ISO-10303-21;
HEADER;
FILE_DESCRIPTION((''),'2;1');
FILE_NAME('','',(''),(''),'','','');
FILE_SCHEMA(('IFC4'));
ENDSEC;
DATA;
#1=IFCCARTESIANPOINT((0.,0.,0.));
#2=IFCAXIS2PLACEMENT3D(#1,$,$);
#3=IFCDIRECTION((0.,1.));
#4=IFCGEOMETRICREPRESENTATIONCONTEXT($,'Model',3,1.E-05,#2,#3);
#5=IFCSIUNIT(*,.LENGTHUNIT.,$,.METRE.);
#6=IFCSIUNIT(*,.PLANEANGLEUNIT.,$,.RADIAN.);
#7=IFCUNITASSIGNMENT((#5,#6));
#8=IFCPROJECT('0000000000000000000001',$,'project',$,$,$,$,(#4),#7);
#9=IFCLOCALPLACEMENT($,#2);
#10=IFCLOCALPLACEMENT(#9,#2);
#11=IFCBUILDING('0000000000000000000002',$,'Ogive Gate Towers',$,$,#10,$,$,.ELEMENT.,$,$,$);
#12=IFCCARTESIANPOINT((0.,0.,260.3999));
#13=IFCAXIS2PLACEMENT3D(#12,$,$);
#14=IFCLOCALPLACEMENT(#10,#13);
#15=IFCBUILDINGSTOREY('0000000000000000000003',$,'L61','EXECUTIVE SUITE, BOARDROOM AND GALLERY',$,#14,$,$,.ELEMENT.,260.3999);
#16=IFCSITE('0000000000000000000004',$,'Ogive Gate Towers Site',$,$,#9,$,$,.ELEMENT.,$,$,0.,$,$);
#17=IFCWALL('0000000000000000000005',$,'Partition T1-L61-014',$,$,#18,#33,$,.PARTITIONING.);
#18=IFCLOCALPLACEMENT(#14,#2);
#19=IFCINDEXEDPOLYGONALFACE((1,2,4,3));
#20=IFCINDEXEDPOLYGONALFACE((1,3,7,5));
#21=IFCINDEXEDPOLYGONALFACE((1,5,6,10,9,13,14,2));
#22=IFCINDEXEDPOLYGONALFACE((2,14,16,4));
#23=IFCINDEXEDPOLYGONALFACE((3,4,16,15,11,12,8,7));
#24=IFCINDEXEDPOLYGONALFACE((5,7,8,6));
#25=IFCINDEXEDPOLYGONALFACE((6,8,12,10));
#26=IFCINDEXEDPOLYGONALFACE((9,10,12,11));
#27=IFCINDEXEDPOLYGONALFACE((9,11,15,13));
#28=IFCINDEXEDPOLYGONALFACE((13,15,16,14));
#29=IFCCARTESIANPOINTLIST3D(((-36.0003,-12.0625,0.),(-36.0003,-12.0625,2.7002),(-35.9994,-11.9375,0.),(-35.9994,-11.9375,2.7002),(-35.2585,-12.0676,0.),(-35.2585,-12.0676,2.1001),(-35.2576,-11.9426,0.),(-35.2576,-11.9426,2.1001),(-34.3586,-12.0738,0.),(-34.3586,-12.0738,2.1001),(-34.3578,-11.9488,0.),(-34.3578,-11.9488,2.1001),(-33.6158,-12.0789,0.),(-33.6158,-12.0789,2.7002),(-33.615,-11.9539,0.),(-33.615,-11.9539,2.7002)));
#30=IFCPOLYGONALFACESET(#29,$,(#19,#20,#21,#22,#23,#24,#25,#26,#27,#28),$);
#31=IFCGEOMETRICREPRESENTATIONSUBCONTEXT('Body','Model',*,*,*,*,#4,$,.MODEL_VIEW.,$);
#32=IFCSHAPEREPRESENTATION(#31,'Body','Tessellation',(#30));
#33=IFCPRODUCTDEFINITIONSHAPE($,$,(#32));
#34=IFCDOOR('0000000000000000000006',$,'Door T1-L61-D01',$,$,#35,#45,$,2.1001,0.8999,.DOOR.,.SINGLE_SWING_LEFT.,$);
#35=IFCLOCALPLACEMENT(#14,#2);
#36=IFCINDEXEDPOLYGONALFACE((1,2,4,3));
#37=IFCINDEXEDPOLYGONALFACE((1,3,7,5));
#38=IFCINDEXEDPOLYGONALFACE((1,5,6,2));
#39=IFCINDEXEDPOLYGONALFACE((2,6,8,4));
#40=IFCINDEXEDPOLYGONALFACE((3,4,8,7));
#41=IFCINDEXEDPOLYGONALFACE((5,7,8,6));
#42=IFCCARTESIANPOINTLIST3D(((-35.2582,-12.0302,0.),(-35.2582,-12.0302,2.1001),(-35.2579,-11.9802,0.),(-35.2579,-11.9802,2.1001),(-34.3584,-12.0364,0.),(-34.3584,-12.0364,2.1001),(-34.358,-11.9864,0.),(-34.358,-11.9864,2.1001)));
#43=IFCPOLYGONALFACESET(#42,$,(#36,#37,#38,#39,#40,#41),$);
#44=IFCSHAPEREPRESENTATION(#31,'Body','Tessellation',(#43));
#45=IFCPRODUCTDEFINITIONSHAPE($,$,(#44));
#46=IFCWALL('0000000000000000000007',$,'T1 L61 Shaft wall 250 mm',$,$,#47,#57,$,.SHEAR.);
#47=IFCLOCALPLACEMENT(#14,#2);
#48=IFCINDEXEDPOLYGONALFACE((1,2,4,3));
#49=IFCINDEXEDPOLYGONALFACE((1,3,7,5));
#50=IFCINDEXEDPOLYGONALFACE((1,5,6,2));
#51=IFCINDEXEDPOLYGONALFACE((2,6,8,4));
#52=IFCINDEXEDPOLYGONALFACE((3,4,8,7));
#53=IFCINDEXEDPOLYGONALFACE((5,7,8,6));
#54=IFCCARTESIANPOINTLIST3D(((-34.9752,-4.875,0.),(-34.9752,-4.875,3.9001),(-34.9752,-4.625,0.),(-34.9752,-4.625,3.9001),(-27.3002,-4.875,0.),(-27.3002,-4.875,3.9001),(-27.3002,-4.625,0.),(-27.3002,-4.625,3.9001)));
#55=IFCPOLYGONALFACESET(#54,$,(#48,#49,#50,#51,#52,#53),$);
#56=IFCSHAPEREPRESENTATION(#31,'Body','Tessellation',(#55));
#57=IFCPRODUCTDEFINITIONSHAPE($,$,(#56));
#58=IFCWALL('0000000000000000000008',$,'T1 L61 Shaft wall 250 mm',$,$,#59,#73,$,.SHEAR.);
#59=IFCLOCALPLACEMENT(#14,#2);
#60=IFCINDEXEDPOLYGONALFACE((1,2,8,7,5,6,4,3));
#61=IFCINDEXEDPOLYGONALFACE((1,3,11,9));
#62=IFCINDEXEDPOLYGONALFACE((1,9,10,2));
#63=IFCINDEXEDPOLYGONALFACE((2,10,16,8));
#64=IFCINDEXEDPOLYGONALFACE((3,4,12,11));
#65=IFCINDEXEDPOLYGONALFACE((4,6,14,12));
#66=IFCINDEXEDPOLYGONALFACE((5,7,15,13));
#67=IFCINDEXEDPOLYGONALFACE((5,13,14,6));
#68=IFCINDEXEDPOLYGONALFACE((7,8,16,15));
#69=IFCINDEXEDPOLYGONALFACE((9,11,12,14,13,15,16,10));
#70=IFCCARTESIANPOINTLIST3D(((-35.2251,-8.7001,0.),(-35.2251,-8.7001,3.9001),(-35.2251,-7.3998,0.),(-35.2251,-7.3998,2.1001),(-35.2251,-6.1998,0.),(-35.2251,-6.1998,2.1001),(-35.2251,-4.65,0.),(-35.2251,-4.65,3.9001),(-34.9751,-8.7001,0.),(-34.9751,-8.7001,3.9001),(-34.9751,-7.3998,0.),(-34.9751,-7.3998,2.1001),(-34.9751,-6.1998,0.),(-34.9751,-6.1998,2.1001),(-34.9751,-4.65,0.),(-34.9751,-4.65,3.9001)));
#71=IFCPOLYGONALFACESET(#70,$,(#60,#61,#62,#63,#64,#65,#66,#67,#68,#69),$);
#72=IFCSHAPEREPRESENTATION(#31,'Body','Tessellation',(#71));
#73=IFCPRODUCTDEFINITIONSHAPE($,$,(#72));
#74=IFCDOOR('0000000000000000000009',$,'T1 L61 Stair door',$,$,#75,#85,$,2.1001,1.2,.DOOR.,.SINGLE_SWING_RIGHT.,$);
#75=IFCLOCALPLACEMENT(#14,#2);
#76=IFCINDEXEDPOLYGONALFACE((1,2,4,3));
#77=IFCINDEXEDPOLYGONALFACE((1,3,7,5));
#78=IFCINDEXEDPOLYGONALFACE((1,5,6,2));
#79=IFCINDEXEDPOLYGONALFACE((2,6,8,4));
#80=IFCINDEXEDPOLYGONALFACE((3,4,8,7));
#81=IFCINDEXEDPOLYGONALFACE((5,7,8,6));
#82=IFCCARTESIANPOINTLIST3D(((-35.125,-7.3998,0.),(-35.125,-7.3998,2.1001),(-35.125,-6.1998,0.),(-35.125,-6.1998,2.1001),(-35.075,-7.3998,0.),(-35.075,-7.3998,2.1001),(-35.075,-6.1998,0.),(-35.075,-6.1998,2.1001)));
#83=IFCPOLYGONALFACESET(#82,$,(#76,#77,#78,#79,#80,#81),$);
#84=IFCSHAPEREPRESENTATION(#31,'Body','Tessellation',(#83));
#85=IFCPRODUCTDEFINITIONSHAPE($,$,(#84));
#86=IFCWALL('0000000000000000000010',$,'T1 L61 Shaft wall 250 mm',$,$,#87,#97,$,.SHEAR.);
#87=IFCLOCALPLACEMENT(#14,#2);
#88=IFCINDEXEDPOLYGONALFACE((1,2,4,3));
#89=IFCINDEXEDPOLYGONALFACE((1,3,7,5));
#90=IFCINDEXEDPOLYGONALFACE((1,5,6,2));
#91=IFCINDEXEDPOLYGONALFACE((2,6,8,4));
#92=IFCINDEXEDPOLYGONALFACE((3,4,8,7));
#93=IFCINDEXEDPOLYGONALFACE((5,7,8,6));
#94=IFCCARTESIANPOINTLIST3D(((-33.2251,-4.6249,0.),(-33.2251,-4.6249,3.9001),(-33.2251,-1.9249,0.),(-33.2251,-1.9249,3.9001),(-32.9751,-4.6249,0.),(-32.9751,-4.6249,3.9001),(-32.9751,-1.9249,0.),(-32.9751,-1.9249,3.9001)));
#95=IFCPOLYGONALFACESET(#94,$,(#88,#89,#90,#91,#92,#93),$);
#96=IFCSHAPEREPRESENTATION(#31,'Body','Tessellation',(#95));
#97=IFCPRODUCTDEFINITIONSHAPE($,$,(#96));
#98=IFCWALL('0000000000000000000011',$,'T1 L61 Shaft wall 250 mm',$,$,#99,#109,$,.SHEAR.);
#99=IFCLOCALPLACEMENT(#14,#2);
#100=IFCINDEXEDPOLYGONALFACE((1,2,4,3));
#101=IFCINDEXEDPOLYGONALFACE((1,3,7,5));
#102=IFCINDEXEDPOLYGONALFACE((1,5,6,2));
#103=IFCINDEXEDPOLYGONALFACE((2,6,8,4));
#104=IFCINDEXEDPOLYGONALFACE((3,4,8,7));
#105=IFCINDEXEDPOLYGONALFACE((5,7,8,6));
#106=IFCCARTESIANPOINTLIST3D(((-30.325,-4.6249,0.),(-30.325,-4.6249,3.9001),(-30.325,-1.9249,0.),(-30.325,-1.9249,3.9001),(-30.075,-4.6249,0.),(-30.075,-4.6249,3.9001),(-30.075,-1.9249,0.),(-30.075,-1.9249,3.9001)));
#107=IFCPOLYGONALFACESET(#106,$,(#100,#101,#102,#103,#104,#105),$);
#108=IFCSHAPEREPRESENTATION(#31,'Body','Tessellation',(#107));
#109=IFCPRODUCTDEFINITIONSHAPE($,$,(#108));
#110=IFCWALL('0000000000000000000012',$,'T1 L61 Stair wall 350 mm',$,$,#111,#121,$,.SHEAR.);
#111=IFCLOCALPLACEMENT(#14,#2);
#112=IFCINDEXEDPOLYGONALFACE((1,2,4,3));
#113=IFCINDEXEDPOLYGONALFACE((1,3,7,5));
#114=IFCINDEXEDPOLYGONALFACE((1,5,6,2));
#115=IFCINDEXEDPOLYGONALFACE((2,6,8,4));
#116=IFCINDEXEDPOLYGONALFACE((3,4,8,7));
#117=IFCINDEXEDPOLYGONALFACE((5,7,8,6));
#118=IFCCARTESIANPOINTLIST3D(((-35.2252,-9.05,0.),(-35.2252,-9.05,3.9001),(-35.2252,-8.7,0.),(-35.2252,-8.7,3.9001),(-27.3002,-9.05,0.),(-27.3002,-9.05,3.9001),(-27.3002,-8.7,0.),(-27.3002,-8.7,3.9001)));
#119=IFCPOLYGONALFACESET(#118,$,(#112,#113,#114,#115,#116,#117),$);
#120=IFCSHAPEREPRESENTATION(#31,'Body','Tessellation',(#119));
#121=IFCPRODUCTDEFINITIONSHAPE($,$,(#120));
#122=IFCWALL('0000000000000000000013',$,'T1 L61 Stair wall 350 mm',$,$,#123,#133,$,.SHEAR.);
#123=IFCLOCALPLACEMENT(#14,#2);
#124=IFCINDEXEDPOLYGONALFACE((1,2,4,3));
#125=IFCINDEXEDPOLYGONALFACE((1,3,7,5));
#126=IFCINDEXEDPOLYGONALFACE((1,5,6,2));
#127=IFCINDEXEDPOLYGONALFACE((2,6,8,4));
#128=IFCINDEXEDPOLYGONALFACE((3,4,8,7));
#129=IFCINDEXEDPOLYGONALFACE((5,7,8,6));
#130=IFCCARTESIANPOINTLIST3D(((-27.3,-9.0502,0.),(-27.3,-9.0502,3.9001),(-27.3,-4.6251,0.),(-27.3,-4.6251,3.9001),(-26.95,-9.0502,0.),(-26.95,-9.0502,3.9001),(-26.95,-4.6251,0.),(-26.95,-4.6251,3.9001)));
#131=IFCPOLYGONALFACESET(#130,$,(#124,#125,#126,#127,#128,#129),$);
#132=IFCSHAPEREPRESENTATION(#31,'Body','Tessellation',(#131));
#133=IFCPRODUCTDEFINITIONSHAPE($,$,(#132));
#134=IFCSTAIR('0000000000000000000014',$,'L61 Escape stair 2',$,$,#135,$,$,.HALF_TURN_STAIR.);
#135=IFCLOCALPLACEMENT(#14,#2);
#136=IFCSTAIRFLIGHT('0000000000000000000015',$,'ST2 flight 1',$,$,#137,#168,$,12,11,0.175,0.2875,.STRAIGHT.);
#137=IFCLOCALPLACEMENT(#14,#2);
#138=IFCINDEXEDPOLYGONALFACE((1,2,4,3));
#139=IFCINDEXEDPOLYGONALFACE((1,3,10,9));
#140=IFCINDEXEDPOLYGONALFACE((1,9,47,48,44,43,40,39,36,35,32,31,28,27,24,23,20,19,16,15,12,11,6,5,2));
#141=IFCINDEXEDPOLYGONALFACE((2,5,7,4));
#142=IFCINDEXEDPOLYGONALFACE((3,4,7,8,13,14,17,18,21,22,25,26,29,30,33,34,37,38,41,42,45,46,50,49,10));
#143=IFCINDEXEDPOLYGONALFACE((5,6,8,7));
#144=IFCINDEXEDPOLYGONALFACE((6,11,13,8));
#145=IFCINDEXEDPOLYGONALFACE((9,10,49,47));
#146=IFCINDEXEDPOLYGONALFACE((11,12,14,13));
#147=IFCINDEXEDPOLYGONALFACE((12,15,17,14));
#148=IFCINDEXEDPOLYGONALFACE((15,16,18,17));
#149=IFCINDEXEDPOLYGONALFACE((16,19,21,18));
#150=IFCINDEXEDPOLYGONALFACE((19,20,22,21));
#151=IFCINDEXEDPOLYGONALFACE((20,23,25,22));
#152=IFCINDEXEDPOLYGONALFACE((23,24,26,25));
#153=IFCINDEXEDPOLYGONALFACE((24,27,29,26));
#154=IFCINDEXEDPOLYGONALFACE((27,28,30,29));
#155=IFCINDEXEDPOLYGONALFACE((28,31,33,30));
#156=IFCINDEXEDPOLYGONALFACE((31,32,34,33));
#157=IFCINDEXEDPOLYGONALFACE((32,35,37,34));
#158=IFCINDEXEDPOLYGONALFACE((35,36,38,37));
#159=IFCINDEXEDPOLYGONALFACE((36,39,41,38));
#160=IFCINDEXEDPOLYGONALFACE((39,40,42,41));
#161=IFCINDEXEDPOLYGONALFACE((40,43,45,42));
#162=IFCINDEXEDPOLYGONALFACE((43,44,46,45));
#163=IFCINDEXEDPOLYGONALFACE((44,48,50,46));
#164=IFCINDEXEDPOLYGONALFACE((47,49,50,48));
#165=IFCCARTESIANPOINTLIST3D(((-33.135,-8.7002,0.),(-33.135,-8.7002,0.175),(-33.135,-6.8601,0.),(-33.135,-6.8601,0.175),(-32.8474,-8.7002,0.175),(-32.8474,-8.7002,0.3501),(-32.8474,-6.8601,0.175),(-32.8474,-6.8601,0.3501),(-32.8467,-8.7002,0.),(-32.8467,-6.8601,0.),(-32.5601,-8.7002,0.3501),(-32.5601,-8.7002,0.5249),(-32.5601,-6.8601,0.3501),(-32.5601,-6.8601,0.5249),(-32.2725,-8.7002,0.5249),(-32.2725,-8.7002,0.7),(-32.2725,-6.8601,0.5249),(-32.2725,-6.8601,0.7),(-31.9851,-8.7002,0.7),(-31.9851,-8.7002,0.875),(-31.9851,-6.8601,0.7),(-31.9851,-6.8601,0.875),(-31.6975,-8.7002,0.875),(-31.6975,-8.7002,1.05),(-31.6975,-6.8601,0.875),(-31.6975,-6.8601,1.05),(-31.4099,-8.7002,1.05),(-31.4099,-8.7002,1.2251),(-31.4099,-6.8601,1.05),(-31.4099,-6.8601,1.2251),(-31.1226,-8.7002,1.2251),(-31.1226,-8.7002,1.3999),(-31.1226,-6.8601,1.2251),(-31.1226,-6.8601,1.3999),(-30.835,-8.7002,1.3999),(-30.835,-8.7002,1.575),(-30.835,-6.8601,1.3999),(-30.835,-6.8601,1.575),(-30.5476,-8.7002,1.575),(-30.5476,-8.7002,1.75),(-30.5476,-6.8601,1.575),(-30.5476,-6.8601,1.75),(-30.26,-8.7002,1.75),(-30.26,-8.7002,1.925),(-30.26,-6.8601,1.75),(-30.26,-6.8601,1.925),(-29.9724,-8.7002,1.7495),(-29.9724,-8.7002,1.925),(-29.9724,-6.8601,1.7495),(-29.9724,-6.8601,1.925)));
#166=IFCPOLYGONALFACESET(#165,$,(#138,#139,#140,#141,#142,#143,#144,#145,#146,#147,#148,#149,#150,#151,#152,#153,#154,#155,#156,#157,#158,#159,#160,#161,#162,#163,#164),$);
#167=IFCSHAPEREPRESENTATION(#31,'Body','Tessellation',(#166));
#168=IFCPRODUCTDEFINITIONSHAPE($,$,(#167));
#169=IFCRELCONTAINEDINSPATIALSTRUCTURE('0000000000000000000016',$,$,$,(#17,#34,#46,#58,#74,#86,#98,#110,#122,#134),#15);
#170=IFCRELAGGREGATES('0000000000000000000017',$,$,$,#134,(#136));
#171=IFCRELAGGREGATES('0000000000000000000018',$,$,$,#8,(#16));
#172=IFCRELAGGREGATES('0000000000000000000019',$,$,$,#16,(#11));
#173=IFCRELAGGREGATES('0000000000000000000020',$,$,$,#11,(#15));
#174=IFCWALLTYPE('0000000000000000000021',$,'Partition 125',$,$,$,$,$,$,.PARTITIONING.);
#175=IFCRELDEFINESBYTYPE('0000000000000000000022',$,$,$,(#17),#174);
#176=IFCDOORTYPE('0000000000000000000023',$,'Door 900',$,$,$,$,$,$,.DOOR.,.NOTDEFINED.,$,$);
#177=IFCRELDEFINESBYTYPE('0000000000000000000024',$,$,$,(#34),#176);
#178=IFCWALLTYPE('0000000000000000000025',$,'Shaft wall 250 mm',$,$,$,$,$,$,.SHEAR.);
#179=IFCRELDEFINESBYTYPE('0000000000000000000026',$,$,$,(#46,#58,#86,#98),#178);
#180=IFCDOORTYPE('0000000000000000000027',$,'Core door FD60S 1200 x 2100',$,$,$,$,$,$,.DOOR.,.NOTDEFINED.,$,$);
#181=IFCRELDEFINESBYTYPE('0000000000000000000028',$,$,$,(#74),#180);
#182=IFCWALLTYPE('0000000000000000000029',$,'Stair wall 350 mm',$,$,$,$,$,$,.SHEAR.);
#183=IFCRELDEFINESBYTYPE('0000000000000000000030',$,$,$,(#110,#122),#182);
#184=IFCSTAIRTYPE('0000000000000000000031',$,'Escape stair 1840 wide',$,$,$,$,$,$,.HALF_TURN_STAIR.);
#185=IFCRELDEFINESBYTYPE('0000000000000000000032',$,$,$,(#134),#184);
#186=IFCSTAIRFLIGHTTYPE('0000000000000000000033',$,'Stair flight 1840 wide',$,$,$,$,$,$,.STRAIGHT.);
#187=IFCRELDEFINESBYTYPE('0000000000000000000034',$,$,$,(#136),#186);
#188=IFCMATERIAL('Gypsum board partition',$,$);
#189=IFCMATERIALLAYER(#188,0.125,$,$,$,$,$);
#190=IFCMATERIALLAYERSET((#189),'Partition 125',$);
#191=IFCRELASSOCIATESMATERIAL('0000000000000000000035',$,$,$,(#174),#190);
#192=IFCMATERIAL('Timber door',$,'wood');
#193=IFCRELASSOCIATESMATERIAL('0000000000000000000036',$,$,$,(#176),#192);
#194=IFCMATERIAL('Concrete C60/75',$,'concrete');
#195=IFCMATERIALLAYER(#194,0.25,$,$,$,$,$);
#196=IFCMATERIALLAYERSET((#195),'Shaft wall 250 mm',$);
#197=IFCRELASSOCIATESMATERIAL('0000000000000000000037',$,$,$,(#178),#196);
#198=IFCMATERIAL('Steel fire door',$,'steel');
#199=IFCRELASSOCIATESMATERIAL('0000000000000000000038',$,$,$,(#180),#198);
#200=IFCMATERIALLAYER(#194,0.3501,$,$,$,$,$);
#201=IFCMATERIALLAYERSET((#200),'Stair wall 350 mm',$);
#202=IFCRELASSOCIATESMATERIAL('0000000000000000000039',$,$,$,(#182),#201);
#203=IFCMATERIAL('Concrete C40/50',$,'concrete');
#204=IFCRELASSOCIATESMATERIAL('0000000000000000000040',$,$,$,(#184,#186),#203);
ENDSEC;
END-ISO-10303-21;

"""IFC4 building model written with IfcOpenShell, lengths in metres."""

from ifc_helpers import new_model, si_unit, direction, frame, frame_2d, origin, place, context, subcontext, project, spatial, polyline, rectangle, outline, extrude, material, layer, layer_set, type_object, element, fill, aggregate, save


model = new_model("IFC4")

# Units and contexts
model_context = context("Model", 3, precision=1e-05, world=origin(), true_north=direction((0.0, 1.0)))
body_context = subcontext(model_context, "Body", "Model", "MODEL_VIEW")
ifc_project = project(units=[si_unit("LENGTHUNIT", "METRE"), si_unit("PLANEANGLEUNIT", "RADIAN")], contexts=[model_context])

# Site, building, storey
site_placement = place(None, origin())
site = spatial("IfcSite", under=ifc_project, at=site_placement, Name="Ogive Gate Towers Site", CompositionType="ELEMENT", RefElevation=0.0)
building_placement = place(site_placement, origin())
building = spatial("IfcBuilding", under=site, at=building_placement, Name="Ogive Gate Towers", CompositionType="ELEMENT")
storey_placement = place(building_placement, frame((0.0, 0.0, 260.3999)))
storey = spatial("IfcBuildingStorey", under=building, at=storey_placement, Name="L61", Description="EXECUTIVE SUITE, BOARDROOM AND GALLERY", CompositionType="ELEMENT", Elevation=260.3999)

# Shared definitions
ifc_material_1 = material(Name="Timber door", Category="wood")

# Wall, opening, door
ifc_material_2 = material(Name="Concrete C60/75", Category="concrete")
ifc_material_3 = material(Name="Steel fire door", Category="steel")
ifc_material_4 = material(Name="Gypsum board partition")
ifc_layer_1 = layer(ifc_material_4, 0.125)
ifc_layer_set_1 = layer_set([ifc_layer_1], Name="Partition 125")
wall_type_1 = type_object("IfcWallType", Name="Partition 125", PredefinedType="PARTITIONING", material=ifc_layer_set_1)
wall_1_placement = place(storey_placement, frame((-36.0, -12.0, 0.0), z_axis=(0.0, 0.0, 1.0), x_axis=(0.999976, -0.00686, 0.0)))
wall_1 = element("IfcWall", 1, at=wall_1_placement, inside=storey, type_object=wall_type_1, Name="Partition T1-L61-014", PredefinedType="PARTITIONING", context=body_context, shape_type="SweptSolid", body=[
    extrude(rectangle(XDim=2.3845, YDim=0.125, at=frame_2d((1.1924, 0.0))), origin(), (0.0, 0.0, 1.0), 2.7002),
])
opening_1_placement = place(wall_1_placement, frame((0.7419, 0.0, 0.0)))
opening_1 = element("IfcOpeningElement", 2, at=opening_1_placement, cuts=wall_1, PredefinedType="OPENING", context=body_context, shape_type="SweptSolid", body=[
    extrude(rectangle(XDim=0.8999, YDim=2.1001, at=frame_2d((0.45, 1.05))), frame((0.0, 0.0725, 0.0), z_axis=(0.0, -1.0, 0.0), x_axis=(1.0, 0.0, 0.0)), (0.0, 0.0, 1.0), 0.145),
])
door_type_1 = type_object("IfcDoorType", Name="Door 900", OperationType="NOTDEFINED", PredefinedType="DOOR", material=ifc_material_1)
door_1_placement = place(opening_1_placement, origin())
door_1 = element("IfcDoor", 3, at=door_1_placement, inside=storey, type_object=door_type_1, Name="Door T1-L61-D01", OperationType="SINGLE_SWING_LEFT", OverallHeight=2.1001, OverallWidth=0.8999, PredefinedType="DOOR", context=body_context, shape_type="SweptSolid", body=[
    extrude(rectangle(XDim=0.8999, YDim=2.1001, at=frame_2d((0.45, 1.05))), frame((0.0, 0.0249, 0.0), z_axis=(0.0, -1.0, 0.0), x_axis=(1.0, 0.0, 0.0)), (0.0, 0.0, 1.0), 0.05),
])
fill(opening_1, door_1)

# Wall
ifc_layer_2 = layer(ifc_material_2, 0.25)
ifc_layer_set_2 = layer_set([ifc_layer_2], Name="Shaft wall 250 mm")
wall_type_2 = type_object("IfcWallType", Name="Shaft wall 250 mm", PredefinedType="SHEAR", material=ifc_layer_set_2)
wall_2_placement = place(storey_placement, frame((-34.9751, -4.75, 0.0), z_axis=(0.0, 0.0, 1.0), x_axis=(1.0, 0.0, 0.0)))
element("IfcWall", 4, at=wall_2_placement, inside=storey, type_object=wall_type_2, Name="T1 L61 Shaft wall 250 mm", PredefinedType="SHEAR", context=body_context, shape_type="SweptSolid", body=[
    extrude(rectangle(XDim=7.675, YDim=0.25, at=frame_2d((3.8374, 0.0))), origin(), (0.0, 0.0, 1.0), 3.9001),
])

# Wall, opening, door
wall_3_placement = place(storey_placement, frame((-35.1001, -8.7, 0.0), z_axis=(0.0, 0.0, 1.0), x_axis=(0.0, 1.0, 0.0)))
wall_3 = element("IfcWall", 5, at=wall_3_placement, inside=storey, type_object=wall_type_2, Name="T1 L61 Shaft wall 250 mm", PredefinedType="SHEAR", context=body_context, shape_type="SweptSolid", body=[
    extrude(rectangle(XDim=4.05, YDim=0.25, at=frame_2d((2.0249, 0.0))), origin(), (0.0, 0.0, 1.0), 3.9001),
])
opening_2_placement = place(wall_3_placement, frame((1.3, 0.0, 0.0)))
opening_2 = element("IfcOpeningElement", 6, at=opening_2_placement, cuts=wall_3, PredefinedType="OPENING", context=body_context, shape_type="SweptSolid", body=[
    extrude(rectangle(XDim=1.2, YDim=2.1001, at=frame_2d((0.6001, 1.05))), frame((0.0, 0.135, 0.0), z_axis=(0.0, -1.0, 0.0), x_axis=(1.0, 0.0, 0.0)), (0.0, 0.0, 1.0), 0.27),
])
door_type_2 = type_object("IfcDoorType", Name="Core door FD60S 1200 x 2100", OperationType="NOTDEFINED", PredefinedType="DOOR", material=ifc_material_3)
door_2_placement = place(opening_2_placement, origin())
door_2 = element("IfcDoor", 7, at=door_2_placement, inside=storey, type_object=door_type_2, Name="T1 L61 Stair door", OperationType="SINGLE_SWING_RIGHT", OverallHeight=2.1001, OverallWidth=1.2, PredefinedType="DOOR", context=body_context, shape_type="SweptSolid", body=[
    extrude(rectangle(XDim=1.2, YDim=2.1001, at=frame_2d((0.6001, 1.05))), frame((0.0, 0.0249, 0.0), z_axis=(0.0, -1.0, 0.0), x_axis=(1.0, 0.0, 0.0)), (0.0, 0.0, 1.0), 0.05),
])
fill(opening_2, door_2)

# Walls
for number, where, z_axis, x_axis, name in (
    (8, (-33.1001, -4.625, 0.0), (0.0, 0.0, 1.0), (0.0, 1.0, 0.0), "T1 L61 Shaft wall 250 mm"),
    (9, (-30.2, -4.625, 0.0), (0.0, 0.0, 1.0), (0.0, 1.0, 0.0), "T1 L61 Shaft wall 250 mm"),
):
    element("IfcWall", number, at=place(storey_placement, frame(where, z_axis=z_axis, x_axis=x_axis)), inside=storey, type_object=wall_type_2, Name=name, PredefinedType="SHEAR", context=body_context, shape_type="SweptSolid", body=[
        extrude(rectangle(XDim=2.7, YDim=0.25, at=frame_2d((1.3501, 0.0))), origin(), (0.0, 0.0, 1.0), 3.9001),
    ])
ifc_layer_3 = layer(ifc_material_2, 0.3501)
ifc_layer_set_3 = layer_set([ifc_layer_3], Name="Stair wall 350 mm")
wall_type_3 = type_object("IfcWallType", Name="Stair wall 350 mm", PredefinedType="SHEAR", material=ifc_layer_set_3)
wall_4_placement = place(storey_placement, frame((-35.2251, -8.875, 0.0), z_axis=(0.0, 0.0, 1.0), x_axis=(1.0, 0.0, 0.0)))
element("IfcWall", 10, at=wall_4_placement, inside=storey, type_object=wall_type_3, Name="T1 L61 Stair wall 350 mm", PredefinedType="SHEAR", context=body_context, shape_type="SweptSolid", body=[
    extrude(rectangle(XDim=7.925, YDim=0.3501, at=frame_2d((3.9624, 0.0))), origin(), (0.0, 0.0, 1.0), 3.9001),
])
wall_5_placement = place(storey_placement, frame((-27.125, -9.05, 0.0), z_axis=(0.0, 0.0, 1.0), x_axis=(0.0, 1.0, 0.0)))
element("IfcWall", 11, at=wall_5_placement, inside=storey, type_object=wall_type_3, Name="T1 L61 Stair wall 350 mm", PredefinedType="SHEAR", context=body_context, shape_type="SweptSolid", body=[
    extrude(rectangle(XDim=4.425, YDim=0.3501, at=frame_2d((2.2124, 0.0))), origin(), (0.0, 0.0, 1.0), 3.9001),
])

# Stair, stair flight
ifc_material_5 = material(Name="Concrete C40/50", Category="concrete")
stair_type = type_object("IfcStairType", Name="Escape stair 1840 wide", PredefinedType="HALF_TURN_STAIR", material=ifc_material_5)
stair_placement = place(storey_placement, origin())
stair = element("IfcStair", 12, at=stair_placement, inside=storey, type_object=stair_type, Name="L61 Escape stair 2", PredefinedType="HALF_TURN_STAIR")
stair_flight_type = type_object("IfcStairFlightType", Name="Stair flight 1840 wide", PredefinedType="STRAIGHT", material=ifc_material_5)
stair_flight_1_placement = place(storey_placement, frame((-33.135, -7.78, 0.0), z_axis=(0.0, 0.0, 1.0), x_axis=(1.0, 0.0, 0.0)))
stair_flight_1 = element("IfcStairFlight", 13, at=stair_flight_1_placement, type_object=stair_flight_type, Name="ST2 flight 1", NumberOfRisers=12, NumberOfTreads=11, PredefinedType="STRAIGHT", RiserHeight=0.175, TreadLength=0.2875, context=body_context, shape_type="SweptSolid", body=[
    extrude(outline(polyline([(0.0, 0.0), (0.0, 0.175), (0.2876, 0.175), (0.2876, 0.3501), (0.575, 0.3501), (0.575, 0.5249), (0.8625, 0.5249), (0.8625, 0.7), (1.1499, 0.7), (1.1499, 0.875), (1.4375, 0.875), (1.4375, 1.05), (1.7251, 1.05), (1.7251, 1.2251), (2.0125, 1.2251), (2.0125, 1.3999), (2.3, 1.3999), (2.3, 1.575), (2.5874, 1.575), (2.5874, 1.75), (2.875, 1.75), (2.875, 1.925), (3.1626, 1.925), (3.1626, 2.1001), (3.1626, 1.7495), (0.2883, 0.0), (0.0, 0.0)])), frame((0.0, 0.9199, 0.0), z_axis=(0.0, -1.0, 0.0), x_axis=(1.0, 0.0, 0.0)), (0.0, 0.0, 1.0), 1.8401),
])
aggregate(stair, [stair_flight_1])

save(model, "model.ifc")
